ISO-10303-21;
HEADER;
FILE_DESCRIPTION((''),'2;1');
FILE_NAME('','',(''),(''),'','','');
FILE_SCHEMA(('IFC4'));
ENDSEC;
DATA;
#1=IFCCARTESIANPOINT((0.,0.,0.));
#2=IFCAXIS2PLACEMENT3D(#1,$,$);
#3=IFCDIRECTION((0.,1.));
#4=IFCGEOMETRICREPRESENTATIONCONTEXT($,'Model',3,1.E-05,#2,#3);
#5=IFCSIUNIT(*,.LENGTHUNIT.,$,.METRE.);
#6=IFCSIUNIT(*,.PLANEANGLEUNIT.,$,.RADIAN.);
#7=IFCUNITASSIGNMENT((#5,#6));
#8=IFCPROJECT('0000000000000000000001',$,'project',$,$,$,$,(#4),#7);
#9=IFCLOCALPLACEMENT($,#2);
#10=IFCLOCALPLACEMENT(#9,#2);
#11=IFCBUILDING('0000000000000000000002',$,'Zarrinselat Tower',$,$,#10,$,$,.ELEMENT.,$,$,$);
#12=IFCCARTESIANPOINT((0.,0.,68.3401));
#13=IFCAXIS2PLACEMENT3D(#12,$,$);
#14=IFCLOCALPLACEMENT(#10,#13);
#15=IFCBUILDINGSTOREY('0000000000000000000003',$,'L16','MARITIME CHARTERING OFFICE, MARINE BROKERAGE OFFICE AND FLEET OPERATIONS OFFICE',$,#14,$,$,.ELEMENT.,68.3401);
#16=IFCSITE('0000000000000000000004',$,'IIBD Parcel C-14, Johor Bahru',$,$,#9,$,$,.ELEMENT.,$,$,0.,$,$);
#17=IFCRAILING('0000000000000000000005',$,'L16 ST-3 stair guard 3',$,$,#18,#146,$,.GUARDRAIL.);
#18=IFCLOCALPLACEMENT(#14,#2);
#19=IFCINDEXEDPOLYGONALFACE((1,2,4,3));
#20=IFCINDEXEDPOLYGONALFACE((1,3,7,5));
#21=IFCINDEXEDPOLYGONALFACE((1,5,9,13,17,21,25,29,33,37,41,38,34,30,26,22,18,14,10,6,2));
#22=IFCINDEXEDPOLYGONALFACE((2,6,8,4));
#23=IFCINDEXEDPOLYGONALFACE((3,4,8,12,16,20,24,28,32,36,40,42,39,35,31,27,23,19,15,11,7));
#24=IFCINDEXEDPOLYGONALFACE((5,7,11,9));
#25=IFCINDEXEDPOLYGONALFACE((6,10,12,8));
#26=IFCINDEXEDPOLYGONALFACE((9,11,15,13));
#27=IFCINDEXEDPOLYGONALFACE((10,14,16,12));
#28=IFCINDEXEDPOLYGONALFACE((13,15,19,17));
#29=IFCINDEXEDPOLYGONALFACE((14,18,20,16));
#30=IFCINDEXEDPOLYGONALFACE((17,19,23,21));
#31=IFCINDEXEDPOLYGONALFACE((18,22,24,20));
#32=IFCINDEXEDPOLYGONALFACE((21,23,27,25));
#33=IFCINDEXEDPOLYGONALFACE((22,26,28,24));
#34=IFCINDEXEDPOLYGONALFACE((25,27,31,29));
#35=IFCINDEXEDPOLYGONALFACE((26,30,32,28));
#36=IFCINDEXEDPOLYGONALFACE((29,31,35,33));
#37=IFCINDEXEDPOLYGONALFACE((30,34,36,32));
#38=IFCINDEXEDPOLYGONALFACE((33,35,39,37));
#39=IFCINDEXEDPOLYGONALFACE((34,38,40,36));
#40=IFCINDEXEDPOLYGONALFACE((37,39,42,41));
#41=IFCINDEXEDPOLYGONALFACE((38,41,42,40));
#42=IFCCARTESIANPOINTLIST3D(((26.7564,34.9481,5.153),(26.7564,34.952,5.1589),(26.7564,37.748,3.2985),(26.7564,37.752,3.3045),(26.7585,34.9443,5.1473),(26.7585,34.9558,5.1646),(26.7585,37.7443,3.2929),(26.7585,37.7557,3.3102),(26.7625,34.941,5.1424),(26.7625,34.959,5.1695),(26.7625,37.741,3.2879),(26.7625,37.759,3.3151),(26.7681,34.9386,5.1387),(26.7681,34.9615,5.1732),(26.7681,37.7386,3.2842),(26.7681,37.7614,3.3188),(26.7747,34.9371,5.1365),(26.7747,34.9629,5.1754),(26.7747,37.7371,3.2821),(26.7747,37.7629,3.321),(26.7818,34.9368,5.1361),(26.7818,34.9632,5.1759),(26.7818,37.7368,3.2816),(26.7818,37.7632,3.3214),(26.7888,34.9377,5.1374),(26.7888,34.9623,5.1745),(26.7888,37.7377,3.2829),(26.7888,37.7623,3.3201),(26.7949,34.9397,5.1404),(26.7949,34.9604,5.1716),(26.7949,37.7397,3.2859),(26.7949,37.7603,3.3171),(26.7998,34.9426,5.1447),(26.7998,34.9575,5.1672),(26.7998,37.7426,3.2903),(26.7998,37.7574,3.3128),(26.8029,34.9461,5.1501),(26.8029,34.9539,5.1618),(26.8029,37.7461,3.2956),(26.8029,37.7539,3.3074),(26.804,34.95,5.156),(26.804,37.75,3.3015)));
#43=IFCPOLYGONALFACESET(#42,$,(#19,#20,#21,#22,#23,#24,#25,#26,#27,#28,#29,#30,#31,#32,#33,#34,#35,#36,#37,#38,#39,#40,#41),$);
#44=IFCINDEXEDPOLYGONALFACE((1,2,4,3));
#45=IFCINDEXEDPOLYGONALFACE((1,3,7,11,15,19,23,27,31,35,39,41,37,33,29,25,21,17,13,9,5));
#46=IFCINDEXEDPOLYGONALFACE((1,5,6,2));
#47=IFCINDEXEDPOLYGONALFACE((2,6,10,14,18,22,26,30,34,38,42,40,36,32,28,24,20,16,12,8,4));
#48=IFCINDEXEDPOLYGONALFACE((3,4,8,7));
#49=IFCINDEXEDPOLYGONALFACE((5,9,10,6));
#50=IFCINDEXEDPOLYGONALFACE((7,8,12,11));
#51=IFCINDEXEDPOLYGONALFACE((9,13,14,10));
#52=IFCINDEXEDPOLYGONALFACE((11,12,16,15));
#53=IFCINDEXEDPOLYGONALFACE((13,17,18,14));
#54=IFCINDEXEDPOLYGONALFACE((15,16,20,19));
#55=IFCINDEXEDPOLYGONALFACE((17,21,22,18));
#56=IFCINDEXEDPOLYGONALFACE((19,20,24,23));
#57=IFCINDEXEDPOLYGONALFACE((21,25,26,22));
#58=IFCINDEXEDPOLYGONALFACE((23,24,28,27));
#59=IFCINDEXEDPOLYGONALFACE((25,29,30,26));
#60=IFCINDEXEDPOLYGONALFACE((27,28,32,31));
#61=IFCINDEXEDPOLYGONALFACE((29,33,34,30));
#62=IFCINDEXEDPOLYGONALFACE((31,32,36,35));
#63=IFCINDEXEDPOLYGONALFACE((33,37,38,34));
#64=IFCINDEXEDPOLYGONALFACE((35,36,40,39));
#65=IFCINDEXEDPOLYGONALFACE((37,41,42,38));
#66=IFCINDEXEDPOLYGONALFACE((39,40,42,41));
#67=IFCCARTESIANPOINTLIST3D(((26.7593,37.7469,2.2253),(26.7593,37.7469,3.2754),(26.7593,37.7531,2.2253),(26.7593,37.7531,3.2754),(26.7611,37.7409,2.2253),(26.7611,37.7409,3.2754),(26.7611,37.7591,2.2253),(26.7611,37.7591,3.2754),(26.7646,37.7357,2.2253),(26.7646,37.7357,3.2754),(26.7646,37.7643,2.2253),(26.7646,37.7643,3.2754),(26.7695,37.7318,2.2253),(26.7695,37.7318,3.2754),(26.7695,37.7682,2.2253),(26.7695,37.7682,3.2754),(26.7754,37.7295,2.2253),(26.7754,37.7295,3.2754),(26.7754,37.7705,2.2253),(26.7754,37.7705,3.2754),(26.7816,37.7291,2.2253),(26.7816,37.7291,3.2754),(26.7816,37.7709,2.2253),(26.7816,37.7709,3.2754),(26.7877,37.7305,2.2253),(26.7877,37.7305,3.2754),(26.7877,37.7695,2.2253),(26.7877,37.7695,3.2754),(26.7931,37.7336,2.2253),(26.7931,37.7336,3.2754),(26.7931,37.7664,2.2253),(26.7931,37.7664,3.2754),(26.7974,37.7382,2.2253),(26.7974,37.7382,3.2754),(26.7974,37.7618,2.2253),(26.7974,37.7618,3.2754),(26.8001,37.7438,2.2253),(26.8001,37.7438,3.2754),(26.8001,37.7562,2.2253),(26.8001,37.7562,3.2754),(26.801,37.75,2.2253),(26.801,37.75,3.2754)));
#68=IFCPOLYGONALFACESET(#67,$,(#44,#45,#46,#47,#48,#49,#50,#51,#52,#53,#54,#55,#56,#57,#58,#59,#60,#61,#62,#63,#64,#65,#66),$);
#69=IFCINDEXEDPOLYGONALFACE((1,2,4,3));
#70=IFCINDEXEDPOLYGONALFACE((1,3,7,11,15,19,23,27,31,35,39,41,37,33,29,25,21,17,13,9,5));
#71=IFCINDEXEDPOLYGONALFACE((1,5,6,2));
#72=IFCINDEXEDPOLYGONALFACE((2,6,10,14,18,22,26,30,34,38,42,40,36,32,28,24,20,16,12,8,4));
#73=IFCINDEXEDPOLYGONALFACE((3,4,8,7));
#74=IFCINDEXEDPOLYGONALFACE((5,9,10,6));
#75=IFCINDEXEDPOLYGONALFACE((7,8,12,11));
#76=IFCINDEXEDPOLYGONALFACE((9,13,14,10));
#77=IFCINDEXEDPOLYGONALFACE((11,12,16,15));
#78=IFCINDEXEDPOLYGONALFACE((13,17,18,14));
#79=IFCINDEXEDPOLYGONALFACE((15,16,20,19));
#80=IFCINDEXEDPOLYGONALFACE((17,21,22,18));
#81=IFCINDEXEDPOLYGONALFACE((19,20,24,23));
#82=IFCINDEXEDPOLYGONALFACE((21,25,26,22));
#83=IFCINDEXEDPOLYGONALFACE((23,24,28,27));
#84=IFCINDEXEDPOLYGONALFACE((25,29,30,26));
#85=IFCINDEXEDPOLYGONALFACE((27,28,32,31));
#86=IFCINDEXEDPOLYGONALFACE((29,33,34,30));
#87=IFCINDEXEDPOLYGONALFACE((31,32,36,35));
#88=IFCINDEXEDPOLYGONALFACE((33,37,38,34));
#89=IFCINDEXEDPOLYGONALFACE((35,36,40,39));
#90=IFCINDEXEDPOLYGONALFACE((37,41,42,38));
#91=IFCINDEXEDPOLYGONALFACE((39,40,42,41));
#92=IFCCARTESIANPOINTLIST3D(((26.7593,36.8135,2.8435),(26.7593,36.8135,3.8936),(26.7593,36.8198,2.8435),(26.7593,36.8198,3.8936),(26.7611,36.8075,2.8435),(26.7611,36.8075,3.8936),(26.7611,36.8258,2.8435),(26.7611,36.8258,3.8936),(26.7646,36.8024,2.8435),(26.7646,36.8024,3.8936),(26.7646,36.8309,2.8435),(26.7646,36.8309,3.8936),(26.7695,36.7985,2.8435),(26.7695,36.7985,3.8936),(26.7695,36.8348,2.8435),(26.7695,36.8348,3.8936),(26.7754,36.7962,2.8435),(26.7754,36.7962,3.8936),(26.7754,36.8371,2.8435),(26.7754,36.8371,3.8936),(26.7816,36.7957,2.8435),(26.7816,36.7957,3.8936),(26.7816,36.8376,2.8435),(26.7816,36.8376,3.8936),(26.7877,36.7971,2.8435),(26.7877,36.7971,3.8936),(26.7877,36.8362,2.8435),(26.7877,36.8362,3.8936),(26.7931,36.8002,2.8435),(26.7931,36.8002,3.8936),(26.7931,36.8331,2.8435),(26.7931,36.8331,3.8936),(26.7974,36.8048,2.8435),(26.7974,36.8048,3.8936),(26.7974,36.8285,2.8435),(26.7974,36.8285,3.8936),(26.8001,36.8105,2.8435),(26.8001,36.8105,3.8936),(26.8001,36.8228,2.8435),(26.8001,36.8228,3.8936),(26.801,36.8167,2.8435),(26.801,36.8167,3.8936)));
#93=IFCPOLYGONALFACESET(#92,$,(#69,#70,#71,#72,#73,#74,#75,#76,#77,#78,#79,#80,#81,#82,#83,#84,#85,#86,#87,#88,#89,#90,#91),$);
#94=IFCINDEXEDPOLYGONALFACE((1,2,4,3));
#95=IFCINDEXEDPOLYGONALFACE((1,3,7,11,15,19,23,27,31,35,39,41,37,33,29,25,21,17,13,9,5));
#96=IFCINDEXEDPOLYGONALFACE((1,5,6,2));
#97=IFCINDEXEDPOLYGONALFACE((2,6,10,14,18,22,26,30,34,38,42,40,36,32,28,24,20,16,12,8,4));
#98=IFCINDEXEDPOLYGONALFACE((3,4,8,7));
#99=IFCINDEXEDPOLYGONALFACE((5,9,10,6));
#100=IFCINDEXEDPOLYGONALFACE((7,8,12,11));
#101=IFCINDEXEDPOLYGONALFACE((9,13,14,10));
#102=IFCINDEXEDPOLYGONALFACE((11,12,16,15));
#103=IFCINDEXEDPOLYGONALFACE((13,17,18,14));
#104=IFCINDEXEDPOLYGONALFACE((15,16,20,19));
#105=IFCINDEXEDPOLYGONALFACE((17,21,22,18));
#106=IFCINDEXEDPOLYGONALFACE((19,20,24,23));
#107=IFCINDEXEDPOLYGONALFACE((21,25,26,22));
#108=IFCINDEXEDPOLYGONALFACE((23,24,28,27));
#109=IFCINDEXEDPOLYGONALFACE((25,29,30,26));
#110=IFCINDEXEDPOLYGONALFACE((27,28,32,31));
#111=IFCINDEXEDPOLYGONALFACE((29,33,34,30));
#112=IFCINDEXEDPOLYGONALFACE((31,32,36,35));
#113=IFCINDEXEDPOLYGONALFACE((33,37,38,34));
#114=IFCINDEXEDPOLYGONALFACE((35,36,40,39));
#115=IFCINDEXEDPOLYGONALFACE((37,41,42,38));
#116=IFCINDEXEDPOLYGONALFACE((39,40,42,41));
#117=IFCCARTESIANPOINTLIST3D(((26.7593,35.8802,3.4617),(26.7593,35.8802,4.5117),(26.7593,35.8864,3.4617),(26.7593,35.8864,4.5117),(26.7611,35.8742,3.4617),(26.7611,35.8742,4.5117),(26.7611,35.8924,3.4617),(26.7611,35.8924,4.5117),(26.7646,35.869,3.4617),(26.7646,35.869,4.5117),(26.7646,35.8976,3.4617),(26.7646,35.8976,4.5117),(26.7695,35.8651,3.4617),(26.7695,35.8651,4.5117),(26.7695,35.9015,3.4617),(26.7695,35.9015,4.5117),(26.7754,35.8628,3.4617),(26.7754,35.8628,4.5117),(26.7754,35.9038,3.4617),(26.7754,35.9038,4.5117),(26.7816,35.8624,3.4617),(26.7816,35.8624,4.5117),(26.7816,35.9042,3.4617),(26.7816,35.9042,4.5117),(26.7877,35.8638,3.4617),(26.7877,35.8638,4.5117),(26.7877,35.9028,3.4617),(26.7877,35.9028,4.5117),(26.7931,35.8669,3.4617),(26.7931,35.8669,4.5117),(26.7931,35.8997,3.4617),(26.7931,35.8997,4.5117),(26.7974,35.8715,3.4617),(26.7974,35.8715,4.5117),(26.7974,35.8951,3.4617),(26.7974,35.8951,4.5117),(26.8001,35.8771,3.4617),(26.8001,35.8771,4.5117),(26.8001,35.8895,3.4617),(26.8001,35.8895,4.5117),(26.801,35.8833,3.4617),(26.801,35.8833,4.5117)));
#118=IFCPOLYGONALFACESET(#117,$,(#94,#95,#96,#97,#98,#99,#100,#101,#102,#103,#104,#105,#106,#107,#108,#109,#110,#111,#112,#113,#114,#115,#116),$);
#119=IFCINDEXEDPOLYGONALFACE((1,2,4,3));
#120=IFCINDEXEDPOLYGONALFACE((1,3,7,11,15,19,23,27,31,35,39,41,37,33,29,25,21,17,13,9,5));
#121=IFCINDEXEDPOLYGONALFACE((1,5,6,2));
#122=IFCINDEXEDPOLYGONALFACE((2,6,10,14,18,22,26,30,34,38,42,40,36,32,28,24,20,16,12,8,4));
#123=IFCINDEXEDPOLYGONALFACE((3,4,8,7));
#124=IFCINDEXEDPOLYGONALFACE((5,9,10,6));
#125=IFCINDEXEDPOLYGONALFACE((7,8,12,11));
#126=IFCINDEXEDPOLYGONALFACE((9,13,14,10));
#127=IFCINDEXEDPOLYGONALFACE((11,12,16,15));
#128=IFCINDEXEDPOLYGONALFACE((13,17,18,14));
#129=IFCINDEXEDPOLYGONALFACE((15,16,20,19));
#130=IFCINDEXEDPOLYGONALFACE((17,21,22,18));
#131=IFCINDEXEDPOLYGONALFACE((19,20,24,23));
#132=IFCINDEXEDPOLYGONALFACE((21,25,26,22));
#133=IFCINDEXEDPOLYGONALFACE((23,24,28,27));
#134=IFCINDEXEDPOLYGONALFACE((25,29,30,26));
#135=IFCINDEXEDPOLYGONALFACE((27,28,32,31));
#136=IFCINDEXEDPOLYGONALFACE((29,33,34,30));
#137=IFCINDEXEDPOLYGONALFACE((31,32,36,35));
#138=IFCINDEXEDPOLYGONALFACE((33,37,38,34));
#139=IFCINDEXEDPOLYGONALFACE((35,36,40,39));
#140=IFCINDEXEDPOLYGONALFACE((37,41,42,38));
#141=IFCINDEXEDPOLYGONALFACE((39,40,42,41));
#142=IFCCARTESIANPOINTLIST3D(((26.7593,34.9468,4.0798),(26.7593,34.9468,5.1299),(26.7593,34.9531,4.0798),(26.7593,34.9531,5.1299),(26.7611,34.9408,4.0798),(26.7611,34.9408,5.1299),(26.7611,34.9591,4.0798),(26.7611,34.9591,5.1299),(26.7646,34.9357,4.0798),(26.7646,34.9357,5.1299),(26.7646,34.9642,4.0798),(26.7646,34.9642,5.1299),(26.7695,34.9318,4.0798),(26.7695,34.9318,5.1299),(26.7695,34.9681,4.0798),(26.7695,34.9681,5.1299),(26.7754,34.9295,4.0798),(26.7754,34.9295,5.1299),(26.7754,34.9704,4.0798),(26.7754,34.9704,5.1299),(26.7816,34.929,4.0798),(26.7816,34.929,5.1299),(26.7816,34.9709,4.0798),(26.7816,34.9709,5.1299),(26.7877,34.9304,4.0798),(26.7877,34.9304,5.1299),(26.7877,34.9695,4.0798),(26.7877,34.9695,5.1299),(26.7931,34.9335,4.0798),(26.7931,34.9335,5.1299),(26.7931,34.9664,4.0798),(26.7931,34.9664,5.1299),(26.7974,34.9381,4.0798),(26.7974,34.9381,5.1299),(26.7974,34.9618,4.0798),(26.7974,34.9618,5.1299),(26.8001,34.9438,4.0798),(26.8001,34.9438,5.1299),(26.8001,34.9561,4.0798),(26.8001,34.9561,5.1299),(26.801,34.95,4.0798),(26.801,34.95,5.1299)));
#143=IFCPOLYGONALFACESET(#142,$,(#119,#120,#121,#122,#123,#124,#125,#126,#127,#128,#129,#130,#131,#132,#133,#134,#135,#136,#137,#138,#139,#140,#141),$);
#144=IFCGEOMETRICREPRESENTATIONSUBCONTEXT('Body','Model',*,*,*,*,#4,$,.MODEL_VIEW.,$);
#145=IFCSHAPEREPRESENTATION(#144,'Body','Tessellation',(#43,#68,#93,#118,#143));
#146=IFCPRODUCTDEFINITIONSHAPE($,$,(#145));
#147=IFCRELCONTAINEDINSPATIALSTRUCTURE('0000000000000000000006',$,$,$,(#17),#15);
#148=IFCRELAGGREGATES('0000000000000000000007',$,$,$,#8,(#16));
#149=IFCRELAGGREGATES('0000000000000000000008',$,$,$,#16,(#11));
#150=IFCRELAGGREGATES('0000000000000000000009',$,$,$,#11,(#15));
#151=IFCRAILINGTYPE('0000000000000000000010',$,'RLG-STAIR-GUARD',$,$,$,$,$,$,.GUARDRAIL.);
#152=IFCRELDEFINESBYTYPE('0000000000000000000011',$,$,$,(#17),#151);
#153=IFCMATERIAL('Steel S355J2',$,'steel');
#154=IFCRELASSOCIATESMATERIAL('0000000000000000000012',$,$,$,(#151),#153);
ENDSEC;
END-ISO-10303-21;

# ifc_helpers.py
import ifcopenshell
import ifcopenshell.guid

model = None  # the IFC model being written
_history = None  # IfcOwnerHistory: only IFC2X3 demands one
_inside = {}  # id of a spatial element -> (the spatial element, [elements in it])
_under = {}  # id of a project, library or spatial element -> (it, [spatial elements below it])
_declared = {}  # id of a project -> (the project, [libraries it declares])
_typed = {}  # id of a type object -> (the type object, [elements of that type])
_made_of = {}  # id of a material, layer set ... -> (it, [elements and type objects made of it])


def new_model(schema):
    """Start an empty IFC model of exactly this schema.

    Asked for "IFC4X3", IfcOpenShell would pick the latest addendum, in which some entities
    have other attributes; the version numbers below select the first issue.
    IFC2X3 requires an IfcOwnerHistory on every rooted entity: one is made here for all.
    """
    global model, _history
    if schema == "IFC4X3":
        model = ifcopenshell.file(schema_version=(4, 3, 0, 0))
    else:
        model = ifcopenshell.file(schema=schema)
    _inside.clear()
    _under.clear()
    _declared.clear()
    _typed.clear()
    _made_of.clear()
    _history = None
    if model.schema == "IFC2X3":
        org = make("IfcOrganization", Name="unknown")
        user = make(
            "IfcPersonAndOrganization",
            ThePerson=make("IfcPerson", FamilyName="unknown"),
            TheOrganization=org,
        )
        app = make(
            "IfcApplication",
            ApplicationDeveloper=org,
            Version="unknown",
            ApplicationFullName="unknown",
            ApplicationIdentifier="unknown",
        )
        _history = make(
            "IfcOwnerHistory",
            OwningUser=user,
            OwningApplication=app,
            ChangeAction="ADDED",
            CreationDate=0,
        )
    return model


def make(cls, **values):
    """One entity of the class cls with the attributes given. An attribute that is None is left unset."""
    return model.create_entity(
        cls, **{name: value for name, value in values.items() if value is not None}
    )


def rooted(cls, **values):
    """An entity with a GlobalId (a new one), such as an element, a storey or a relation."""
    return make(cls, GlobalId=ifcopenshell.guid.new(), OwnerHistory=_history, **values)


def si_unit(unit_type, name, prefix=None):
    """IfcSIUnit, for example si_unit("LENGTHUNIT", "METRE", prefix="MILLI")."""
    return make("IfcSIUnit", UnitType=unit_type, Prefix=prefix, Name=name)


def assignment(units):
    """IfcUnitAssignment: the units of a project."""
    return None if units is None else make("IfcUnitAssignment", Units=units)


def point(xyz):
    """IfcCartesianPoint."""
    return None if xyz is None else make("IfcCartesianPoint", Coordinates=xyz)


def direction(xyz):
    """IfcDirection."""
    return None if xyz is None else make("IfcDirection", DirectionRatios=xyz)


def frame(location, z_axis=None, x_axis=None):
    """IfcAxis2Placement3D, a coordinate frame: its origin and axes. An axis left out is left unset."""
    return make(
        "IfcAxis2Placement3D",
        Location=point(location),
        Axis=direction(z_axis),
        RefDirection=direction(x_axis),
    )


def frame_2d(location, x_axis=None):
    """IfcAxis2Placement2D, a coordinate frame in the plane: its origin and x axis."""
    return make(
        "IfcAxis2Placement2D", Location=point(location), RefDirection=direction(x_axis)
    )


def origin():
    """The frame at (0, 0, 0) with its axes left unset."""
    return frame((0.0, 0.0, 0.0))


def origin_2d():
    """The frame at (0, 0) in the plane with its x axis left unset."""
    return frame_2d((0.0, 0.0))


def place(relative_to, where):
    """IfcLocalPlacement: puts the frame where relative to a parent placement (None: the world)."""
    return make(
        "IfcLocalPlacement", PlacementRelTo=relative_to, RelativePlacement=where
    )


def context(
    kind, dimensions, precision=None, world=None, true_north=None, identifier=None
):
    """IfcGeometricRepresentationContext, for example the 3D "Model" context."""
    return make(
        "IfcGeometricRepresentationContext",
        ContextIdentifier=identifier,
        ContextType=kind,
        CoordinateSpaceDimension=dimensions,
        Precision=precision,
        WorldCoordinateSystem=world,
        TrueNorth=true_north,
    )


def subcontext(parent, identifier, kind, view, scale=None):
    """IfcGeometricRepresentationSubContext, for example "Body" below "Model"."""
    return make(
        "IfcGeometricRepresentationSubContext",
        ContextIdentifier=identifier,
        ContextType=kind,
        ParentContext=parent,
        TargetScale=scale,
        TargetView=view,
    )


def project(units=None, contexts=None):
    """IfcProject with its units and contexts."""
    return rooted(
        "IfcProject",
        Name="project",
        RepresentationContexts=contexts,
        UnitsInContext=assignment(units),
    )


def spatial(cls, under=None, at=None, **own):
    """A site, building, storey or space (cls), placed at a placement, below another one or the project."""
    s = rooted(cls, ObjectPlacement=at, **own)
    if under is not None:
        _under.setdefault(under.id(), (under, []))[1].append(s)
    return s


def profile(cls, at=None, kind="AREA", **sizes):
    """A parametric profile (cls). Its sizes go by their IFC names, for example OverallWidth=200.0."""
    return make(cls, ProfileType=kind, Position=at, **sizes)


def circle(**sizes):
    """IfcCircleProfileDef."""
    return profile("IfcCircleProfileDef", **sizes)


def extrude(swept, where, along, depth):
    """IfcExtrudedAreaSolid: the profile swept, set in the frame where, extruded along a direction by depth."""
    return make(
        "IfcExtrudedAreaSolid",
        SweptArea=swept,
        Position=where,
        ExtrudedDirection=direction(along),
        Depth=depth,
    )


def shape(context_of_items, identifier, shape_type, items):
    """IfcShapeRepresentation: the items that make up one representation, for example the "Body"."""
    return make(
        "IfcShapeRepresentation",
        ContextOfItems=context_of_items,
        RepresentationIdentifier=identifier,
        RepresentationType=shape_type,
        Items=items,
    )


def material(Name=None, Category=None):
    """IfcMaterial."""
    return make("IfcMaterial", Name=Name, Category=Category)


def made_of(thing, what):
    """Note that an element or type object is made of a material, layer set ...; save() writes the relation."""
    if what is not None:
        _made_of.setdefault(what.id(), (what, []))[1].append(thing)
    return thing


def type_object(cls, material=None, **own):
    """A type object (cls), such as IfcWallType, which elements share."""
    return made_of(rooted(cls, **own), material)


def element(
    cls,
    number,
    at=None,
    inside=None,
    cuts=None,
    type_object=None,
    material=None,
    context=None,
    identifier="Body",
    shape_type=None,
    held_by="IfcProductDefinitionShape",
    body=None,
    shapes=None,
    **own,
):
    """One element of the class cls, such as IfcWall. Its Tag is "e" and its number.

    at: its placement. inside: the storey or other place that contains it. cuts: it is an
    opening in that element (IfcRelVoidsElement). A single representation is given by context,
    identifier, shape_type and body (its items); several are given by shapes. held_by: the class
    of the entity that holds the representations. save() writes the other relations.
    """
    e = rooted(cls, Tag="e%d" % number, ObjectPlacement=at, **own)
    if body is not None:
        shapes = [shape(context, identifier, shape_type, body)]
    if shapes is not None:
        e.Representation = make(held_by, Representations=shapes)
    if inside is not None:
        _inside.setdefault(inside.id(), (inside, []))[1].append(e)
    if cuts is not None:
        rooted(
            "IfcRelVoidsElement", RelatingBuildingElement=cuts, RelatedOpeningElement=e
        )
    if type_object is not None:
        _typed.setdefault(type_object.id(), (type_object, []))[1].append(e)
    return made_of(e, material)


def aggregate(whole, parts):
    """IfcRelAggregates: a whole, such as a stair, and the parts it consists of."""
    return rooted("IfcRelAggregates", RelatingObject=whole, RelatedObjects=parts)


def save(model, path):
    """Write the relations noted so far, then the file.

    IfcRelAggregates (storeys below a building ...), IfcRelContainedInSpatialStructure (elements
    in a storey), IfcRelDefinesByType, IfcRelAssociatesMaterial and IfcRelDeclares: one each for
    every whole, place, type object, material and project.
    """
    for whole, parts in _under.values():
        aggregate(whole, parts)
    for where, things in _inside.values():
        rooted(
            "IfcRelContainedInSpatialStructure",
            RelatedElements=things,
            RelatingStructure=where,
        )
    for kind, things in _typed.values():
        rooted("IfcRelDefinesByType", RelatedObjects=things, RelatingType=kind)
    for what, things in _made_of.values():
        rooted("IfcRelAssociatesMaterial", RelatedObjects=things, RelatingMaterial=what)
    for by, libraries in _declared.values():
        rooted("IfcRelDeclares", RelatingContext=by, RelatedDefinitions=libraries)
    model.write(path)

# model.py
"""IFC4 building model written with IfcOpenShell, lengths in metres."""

from ifc_helpers import new_model, si_unit, direction, frame, origin, origin_2d, place, context, subcontext, project, spatial, circle, extrude, material, type_object, element, save


model = new_model("IFC4")

# Units and contexts
model_context = context("Model", 3, precision=1e-05, world=origin(), true_north=direction((0.0, 1.0)))
body_context = subcontext(model_context, "Body", "Model", "MODEL_VIEW")
ifc_project = project(units=[si_unit("LENGTHUNIT", "METRE"), si_unit("PLANEANGLEUNIT", "RADIAN")], contexts=[model_context])

# Site, building, storey
site_placement = place(None, origin())
site = spatial("IfcSite", under=ifc_project, at=site_placement, Name="IIBD Parcel C-14, Johor Bahru", CompositionType="ELEMENT", RefElevation=0.0)
building_placement = place(site_placement, origin())
building = spatial("IfcBuilding", under=site, at=building_placement, Name="Zarrinselat Tower", CompositionType="ELEMENT")
storey_placement = place(building_placement, frame((0.0, 0.0, 68.3401)))
storey = spatial("IfcBuildingStorey", under=building, at=storey_placement, Name="L16", Description="MARITIME CHARTERING OFFICE, MARINE BROKERAGE OFFICE AND FLEET OPERATIONS OFFICE", CompositionType="ELEMENT", Elevation=68.3401)

# Railing
ifc_material_1 = material(Name="Steel S355J2", Category="steel")
railing_type_1 = type_object("IfcRailingType", Name="RLG-STAIR-GUARD", PredefinedType="GUARDRAIL", material=ifc_material_1)
railing_1_placement = place(storey_placement, frame((26.78, 37.75, 2.2253)))
element("IfcRailing", 1, at=railing_1_placement, inside=storey, type_object=railing_type_1, Name="L16 ST-3 stair guard 3", PredefinedType="GUARDRAIL", context=body_context, shape_type="SweptSolid", body=[
    extrude(circle(Radius=0.0239, at=origin_2d()), frame((0.0, 0.0, 1.0762), z_axis=(0.0, -0.833724, 0.552181), x_axis=(1.0, 0.0, 0.0)), (0.0, 0.0, 1.0), 3.3584),
    extrude(circle(Radius=0.021, at=origin_2d()), origin(), (0.0, 0.0, 1.0), 1.05),
    extrude(circle(Radius=0.021, at=origin_2d()), frame((0.0, -0.9333, 0.6182)), (0.0, 0.0, 1.0), 1.05),
    extrude(circle(Radius=0.021, at=origin_2d()), frame((0.0, -1.8667, 1.2363)), (0.0, 0.0, 1.0), 1.05),
    extrude(circle(Radius=0.021, at=origin_2d()), frame((0.0, -2.8, 1.8545)), (0.0, 0.0, 1.0), 1.05),
])

save(model, "model.ifc")
